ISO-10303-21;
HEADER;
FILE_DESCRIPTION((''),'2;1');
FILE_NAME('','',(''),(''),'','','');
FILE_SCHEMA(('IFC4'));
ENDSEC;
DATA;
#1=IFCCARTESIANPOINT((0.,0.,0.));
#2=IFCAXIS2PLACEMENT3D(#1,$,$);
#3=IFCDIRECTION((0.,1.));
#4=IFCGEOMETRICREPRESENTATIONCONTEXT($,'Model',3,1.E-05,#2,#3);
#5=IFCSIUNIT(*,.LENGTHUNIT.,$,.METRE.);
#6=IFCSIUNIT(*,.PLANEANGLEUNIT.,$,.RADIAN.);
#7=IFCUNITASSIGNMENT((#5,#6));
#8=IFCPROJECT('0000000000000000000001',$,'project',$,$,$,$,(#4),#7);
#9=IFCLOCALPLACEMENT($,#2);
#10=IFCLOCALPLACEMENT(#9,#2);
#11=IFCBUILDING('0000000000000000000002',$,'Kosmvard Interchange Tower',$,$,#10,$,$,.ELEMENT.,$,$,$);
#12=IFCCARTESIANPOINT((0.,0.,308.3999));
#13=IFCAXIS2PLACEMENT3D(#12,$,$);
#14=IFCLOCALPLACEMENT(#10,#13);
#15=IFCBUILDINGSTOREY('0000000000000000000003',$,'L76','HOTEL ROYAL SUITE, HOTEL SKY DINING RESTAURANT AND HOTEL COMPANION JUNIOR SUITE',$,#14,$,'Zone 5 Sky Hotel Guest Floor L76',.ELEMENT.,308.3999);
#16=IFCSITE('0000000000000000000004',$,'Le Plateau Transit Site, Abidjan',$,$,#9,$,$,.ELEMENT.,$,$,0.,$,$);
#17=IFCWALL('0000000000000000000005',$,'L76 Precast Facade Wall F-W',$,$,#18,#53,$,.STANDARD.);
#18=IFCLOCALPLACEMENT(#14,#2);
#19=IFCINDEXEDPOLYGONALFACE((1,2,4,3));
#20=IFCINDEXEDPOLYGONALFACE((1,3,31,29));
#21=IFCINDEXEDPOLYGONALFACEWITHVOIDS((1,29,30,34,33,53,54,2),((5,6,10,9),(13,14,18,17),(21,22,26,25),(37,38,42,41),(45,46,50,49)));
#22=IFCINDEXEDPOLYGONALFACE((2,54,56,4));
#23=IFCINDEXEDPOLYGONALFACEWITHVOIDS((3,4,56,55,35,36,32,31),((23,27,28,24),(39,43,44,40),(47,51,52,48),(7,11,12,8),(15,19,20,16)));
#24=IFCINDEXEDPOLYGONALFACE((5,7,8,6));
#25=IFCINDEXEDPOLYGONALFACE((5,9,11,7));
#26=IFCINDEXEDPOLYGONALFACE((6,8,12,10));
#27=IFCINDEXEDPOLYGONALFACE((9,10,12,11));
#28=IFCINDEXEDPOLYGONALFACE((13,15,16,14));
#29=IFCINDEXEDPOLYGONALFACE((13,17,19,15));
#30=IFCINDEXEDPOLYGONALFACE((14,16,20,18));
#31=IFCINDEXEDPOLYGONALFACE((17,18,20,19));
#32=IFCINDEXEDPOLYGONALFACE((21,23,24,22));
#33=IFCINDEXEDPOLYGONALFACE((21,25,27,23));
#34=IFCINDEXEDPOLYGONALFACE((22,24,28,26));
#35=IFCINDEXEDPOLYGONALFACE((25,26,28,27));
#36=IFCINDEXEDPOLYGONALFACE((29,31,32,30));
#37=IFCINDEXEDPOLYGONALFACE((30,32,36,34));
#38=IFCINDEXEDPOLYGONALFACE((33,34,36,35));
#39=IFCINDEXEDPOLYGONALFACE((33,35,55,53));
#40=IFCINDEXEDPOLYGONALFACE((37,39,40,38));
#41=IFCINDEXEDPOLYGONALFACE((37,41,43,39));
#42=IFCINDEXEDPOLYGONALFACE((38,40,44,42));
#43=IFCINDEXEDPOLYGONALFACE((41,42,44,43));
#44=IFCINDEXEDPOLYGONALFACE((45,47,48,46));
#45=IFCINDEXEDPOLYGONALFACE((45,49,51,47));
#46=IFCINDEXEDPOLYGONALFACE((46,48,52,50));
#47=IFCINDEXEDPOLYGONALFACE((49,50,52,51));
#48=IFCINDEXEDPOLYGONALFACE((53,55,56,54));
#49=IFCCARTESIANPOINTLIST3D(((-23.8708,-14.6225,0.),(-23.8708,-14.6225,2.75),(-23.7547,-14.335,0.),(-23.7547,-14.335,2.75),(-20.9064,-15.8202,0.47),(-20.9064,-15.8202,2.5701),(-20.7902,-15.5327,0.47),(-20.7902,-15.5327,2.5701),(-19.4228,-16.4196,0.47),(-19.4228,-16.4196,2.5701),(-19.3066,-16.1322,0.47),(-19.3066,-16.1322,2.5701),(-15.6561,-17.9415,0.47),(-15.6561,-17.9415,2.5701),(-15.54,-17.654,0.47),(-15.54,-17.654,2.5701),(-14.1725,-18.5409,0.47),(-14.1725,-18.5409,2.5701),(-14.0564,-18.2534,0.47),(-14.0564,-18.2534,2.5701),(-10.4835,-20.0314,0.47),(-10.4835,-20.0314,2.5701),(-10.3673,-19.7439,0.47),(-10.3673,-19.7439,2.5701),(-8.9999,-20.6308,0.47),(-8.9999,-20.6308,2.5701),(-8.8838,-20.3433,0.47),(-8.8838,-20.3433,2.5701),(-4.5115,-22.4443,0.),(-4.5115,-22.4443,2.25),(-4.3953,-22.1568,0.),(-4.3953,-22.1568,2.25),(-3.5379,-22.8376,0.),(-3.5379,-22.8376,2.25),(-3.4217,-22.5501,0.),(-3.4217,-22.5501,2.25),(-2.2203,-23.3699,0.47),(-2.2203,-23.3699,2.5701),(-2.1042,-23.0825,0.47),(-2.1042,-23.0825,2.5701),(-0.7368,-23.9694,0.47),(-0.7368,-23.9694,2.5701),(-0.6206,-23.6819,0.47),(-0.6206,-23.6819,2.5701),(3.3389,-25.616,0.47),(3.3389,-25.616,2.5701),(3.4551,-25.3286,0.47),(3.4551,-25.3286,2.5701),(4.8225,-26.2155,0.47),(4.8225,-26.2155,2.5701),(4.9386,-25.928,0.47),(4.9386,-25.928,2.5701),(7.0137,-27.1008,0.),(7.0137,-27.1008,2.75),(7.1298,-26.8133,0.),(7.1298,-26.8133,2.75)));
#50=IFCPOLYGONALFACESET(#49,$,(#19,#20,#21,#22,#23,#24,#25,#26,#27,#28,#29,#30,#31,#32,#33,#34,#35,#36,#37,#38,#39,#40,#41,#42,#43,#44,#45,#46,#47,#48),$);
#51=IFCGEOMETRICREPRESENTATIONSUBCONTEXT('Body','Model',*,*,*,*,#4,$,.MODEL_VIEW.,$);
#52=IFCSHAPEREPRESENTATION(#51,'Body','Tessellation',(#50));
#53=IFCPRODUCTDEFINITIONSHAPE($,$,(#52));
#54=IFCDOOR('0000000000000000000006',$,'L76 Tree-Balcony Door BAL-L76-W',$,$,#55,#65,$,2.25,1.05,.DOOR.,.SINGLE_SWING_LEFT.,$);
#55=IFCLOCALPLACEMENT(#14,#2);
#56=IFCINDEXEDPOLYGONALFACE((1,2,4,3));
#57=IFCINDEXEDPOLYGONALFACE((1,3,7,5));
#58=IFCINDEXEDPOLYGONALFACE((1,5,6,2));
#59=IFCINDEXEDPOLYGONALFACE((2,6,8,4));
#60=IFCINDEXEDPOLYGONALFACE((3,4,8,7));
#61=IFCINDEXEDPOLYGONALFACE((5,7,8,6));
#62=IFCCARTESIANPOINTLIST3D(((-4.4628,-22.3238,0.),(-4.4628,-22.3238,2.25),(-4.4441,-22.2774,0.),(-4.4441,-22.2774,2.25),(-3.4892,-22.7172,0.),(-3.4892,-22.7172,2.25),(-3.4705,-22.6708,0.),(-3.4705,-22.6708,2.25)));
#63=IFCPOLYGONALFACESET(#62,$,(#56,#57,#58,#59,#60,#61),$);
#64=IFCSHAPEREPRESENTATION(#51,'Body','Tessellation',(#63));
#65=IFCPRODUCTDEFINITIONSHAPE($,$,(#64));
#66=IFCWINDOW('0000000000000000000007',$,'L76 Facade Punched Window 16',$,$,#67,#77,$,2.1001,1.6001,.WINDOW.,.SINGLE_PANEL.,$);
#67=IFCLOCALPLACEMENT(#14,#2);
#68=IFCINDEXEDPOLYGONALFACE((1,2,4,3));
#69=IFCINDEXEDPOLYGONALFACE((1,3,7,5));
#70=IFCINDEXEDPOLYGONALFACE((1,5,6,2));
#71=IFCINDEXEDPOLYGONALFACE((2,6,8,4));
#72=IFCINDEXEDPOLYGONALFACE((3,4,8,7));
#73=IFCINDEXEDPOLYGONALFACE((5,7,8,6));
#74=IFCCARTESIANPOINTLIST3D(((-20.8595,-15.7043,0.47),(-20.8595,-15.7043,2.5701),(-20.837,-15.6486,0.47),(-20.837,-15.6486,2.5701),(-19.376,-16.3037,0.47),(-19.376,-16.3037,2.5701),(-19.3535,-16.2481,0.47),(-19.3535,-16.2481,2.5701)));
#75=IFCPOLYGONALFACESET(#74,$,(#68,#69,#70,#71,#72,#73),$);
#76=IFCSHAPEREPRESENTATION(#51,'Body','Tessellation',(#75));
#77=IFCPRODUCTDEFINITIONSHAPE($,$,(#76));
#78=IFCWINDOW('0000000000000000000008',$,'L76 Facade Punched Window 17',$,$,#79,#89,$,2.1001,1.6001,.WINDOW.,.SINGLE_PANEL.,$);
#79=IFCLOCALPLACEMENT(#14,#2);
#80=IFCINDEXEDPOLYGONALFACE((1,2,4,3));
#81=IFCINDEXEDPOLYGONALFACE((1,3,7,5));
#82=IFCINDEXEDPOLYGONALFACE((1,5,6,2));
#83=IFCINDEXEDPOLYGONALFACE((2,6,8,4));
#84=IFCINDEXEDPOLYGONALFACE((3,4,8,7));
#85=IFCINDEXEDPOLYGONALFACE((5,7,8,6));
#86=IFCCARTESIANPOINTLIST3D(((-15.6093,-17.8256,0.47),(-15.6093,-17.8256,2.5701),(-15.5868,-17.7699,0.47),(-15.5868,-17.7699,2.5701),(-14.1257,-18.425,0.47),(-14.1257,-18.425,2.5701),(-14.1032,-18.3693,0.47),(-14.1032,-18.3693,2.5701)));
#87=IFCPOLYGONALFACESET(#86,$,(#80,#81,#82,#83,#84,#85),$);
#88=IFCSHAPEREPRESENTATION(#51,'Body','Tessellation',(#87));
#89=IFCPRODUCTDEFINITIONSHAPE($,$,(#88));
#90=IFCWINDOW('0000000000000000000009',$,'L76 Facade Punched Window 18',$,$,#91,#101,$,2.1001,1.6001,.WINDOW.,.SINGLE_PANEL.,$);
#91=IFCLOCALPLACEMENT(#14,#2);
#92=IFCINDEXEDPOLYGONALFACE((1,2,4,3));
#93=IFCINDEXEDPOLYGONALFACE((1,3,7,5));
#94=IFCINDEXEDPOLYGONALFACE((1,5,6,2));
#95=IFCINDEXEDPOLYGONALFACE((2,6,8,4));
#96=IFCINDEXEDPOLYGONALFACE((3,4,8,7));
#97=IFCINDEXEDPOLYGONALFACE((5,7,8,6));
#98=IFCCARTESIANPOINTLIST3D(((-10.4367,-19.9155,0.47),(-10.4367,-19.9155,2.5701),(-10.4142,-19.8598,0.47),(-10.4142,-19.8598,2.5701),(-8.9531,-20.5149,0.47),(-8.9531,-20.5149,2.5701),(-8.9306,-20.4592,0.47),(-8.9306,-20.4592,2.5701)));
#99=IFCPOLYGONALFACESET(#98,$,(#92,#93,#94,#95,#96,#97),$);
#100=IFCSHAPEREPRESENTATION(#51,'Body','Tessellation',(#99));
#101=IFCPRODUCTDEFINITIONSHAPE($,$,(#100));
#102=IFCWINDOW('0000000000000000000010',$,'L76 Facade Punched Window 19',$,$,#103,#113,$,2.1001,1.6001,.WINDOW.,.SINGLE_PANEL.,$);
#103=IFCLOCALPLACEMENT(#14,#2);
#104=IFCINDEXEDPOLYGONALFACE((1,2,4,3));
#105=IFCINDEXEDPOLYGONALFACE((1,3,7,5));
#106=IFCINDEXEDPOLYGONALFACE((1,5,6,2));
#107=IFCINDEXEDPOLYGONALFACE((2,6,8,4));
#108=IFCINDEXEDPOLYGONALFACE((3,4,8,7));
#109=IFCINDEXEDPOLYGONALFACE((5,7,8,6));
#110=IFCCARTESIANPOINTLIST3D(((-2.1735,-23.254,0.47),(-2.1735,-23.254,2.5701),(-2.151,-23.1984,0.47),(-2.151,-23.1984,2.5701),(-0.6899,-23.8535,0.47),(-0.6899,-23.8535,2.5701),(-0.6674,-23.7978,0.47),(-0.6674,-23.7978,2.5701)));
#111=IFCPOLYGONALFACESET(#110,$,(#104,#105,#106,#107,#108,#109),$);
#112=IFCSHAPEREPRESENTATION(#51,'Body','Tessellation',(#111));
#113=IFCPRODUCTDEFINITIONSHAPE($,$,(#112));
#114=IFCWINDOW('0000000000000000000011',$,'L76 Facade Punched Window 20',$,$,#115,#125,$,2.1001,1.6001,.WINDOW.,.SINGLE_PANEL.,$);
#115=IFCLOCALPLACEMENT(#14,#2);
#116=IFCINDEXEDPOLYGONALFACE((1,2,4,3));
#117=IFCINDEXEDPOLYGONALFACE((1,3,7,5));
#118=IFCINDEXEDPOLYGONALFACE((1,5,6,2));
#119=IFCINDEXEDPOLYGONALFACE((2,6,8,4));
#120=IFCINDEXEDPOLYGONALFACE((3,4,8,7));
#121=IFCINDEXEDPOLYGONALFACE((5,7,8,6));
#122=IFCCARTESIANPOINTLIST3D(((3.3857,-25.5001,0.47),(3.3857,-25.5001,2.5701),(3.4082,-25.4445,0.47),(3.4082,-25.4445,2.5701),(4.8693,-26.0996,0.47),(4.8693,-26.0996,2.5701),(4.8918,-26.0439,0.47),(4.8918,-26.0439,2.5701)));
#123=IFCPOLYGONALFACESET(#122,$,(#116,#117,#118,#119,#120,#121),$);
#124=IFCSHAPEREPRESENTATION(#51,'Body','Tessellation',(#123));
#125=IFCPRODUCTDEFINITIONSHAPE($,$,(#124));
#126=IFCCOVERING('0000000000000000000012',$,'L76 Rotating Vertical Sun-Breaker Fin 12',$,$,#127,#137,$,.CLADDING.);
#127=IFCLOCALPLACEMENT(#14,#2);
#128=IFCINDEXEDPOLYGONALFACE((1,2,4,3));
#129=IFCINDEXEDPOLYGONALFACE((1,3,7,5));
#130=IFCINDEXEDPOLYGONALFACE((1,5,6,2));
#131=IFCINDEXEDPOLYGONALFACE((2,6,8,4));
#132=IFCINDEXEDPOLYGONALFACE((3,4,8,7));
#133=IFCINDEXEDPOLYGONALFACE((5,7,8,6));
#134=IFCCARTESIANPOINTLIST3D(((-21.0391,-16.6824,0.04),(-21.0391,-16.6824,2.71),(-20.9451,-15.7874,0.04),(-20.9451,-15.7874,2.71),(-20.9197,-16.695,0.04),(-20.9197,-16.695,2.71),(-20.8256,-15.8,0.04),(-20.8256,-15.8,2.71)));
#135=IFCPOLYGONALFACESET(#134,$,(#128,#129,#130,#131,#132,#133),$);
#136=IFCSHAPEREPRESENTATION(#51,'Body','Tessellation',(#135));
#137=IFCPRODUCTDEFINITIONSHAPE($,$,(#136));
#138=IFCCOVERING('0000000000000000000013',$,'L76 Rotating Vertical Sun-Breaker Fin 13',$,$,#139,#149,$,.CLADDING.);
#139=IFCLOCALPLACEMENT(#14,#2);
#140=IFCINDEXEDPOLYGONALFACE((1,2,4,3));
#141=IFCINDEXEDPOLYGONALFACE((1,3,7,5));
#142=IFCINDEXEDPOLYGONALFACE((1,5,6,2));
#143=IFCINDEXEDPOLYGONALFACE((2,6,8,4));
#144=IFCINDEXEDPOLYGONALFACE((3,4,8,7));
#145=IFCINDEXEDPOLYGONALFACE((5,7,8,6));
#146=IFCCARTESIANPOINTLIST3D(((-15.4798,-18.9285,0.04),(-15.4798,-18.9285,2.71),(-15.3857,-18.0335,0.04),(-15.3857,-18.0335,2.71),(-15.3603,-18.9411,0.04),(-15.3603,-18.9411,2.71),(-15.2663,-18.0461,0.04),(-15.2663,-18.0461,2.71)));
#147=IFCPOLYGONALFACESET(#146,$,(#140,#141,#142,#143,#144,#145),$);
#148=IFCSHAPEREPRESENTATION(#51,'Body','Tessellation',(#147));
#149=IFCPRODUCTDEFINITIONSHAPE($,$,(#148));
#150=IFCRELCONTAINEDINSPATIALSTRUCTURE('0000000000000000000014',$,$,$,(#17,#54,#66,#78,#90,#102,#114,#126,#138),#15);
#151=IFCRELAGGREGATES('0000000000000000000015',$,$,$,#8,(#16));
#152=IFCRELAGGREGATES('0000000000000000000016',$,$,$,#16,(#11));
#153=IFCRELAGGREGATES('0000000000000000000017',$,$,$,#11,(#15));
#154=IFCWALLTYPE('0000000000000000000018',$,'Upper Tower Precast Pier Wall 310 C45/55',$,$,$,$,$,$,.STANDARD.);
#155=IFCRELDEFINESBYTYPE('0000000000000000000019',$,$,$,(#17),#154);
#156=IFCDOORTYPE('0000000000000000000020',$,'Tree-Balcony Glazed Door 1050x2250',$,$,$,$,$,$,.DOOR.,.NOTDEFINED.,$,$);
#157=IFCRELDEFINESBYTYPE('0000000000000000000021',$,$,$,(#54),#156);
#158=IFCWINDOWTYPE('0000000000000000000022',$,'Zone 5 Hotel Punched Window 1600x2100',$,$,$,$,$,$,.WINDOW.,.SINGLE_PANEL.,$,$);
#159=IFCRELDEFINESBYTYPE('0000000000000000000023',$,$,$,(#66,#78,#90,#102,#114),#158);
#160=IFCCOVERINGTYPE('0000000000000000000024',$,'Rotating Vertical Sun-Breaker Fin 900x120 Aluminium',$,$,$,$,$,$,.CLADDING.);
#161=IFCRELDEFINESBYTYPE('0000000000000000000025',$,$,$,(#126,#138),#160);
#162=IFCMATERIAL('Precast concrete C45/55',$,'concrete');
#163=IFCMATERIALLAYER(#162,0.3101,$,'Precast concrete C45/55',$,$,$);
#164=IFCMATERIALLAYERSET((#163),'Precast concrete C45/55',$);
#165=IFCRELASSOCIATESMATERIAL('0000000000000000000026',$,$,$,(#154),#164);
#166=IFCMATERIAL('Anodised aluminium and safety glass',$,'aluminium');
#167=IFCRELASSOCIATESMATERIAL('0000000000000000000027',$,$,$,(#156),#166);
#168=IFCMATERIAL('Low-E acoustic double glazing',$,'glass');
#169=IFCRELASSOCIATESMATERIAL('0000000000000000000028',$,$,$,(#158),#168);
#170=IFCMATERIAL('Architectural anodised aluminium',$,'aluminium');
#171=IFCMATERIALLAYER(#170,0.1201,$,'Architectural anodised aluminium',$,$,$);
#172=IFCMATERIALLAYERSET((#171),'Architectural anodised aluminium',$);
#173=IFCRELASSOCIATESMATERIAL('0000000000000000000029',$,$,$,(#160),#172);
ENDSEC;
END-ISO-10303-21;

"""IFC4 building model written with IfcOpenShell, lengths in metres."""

from ifc_helpers import new_model, si_unit, direction, frame, frame_2d, origin, origin_2d, place, context, subcontext, project, spatial, rectangle, extrude, source, transform, mapped, material, layer, layer_set, type_object, element, fill, save


model = new_model("IFC4")

# Units and contexts
model_context = context("Model", 3, precision=1e-05, world=origin(), true_north=direction((0.0, 1.0)))
body_context = subcontext(model_context, "Body", "Model", "MODEL_VIEW")
ifc_project = project(units=[si_unit("LENGTHUNIT", "METRE"), si_unit("PLANEANGLEUNIT", "RADIAN")], contexts=[model_context])

# Site, building, storey
site_placement = place(None, origin())
site = spatial("IfcSite", under=ifc_project, at=site_placement, Name="Le Plateau Transit Site, Abidjan", CompositionType="ELEMENT", RefElevation=0.0)
building_placement = place(site_placement, origin())
building = spatial("IfcBuilding", under=site, at=building_placement, Name="Kosmvard Interchange Tower", CompositionType="ELEMENT")
storey_placement = place(building_placement, frame((0.0, 0.0, 308.3999)))
storey = spatial("IfcBuildingStorey", under=building, at=storey_placement, Name="L76", Description="HOTEL ROYAL SUITE, HOTEL SKY DINING RESTAURANT AND HOTEL COMPANION JUNIOR SUITE", LongName="Zone 5 Sky Hotel Guest Floor L76", CompositionType="ELEMENT", Elevation=308.3999)

# Wall, openings, door, windows
ifc_material_1 = material(Name="Precast concrete C45/55", Category="concrete")
ifc_layer_1 = layer(ifc_material_1, 0.3101, Name="Precast concrete C45/55")
ifc_layer_set_1 = layer_set([ifc_layer_1], Name="Precast concrete C45/55")
wall_type = type_object("IfcWallType", Name="Upper Tower Precast Pier Wall 310 C45/55", PredefinedType="STANDARD", material=ifc_layer_set_1)
wall_placement = place(storey_placement, frame((-23.8127, -14.4788, 0.0), z_axis=(0.0, 0.0, 1.0), x_axis=(0.927183, -0.37461, 0.0)))
wall = element("IfcWall", 1, at=wall_placement, inside=storey, type_object=wall_type, Name="L76 Precast Facade Wall F-W", PredefinedType="STANDARD", context=body_context, shape_type="SweptSolid", body=[
    extrude(rectangle(XDim=33.3101, YDim=0.3101, at=frame_2d((16.655, 0.0))), origin(), (0.0, 0.0, 1.0), 2.75),
])
opening_1_placement = place(wall_placement, frame((20.8799, 0.0, 0.0)))
opening_1 = element("IfcOpeningElement", 2, at=opening_1_placement, cuts=wall, PredefinedType="OPENING", context=body_context, shape_type="SweptSolid", body=[
    extrude(rectangle(XDim=1.05, YDim=2.25, at=frame_2d((0.5249, 1.125))), frame((0.0, 0.165, 0.0), z_axis=(0.0, -1.0, 0.0), x_axis=(1.0, 0.0, 0.0)), (0.0, 0.0, 1.0), 0.3301),
])
opening_2_placement = place(wall_placement, frame((3.1973, 0.0, 0.47)))
opening_2 = element("IfcOpeningElement", 3, at=opening_2_placement, cuts=wall, PredefinedType="OPENING", context=body_context, shape_type="SweptSolid", body=[
    extrude(rectangle(XDim=1.6001, YDim=2.1001, at=frame_2d((0.8, 1.05))), frame((0.0, 0.165, 0.0), z_axis=(0.0, -1.0, 0.0), x_axis=(1.0, 0.0, 0.0)), (0.0, 0.0, 1.0), 0.3301),
])
opening_3_placement = place(wall_placement, frame((8.8599, 0.0, 0.47)))
opening_3 = element("IfcOpeningElement", 4, at=opening_3_placement, cuts=wall, PredefinedType="OPENING", context=body_context, shape_type="SweptSolid", body=[
    extrude(rectangle(XDim=1.6001, YDim=2.1001, at=frame_2d((0.8, 1.05))), frame((0.0, 0.165, 0.0), z_axis=(0.0, -1.0, 0.0), x_axis=(1.0, 0.0, 0.0)), (0.0, 0.0, 1.0), 0.3301),
])
opening_4_placement = place(wall_placement, frame((14.4387, 0.0, 0.47)))
opening_4 = element("IfcOpeningElement", 5, at=opening_4_placement, cuts=wall, PredefinedType="OPENING", context=body_context, shape_type="SweptSolid", body=[
    extrude(rectangle(XDim=1.6001, YDim=2.1001, at=frame_2d((0.8, 1.05))), frame((0.0, 0.165, 0.0), z_axis=(0.0, -1.0, 0.0), x_axis=(1.0, 0.0, 0.0)), (0.0, 0.0, 1.0), 0.3301),
])
opening_5_placement = place(wall_placement, frame((23.3508, 0.0, 0.47)))
opening_5 = element("IfcOpeningElement", 6, at=opening_5_placement, cuts=wall, PredefinedType="OPENING", context=body_context, shape_type="SweptSolid", body=[
    extrude(rectangle(XDim=1.6001, YDim=2.1001, at=frame_2d((0.8, 1.05))), frame((0.0, 0.165, 0.0), z_axis=(0.0, -1.0, 0.0), x_axis=(1.0, 0.0, 0.0)), (0.0, 0.0, 1.0), 0.3301),
])
opening_6_placement = place(wall_placement, frame((29.3467, 0.0, 0.47)))
opening_6 = element("IfcOpeningElement", 7, at=opening_6_placement, cuts=wall, PredefinedType="OPENING", context=body_context, shape_type="SweptSolid", body=[
    extrude(rectangle(XDim=1.6001, YDim=2.1001, at=frame_2d((0.8, 1.05))), frame((0.0, 0.165, 0.0), z_axis=(0.0, -1.0, 0.0), x_axis=(1.0, 0.0, 0.0)), (0.0, 0.0, 1.0), 0.3301),
])
ifc_material_2 = material(Name="Anodised aluminium and safety glass", Category="aluminium")
door_type = type_object("IfcDoorType", Name="Tree-Balcony Glazed Door 1050x2250", OperationType="NOTDEFINED", PredefinedType="DOOR", material=ifc_material_2)
shared_shape_1 = source(origin(), body_context, "Body", "SweptSolid", [
    extrude(rectangle(XDim=1.05, YDim=2.25, at=frame_2d((0.5249, 1.125))), frame((0.0, 0.0249, 0.0), z_axis=(0.0, -1.0, 0.0), x_axis=(1.0, 0.0, 0.0)), (0.0, 0.0, 1.0), 0.05),
])
door_placement = place(opening_1_placement, origin())
door = element("IfcDoor", 8, at=door_placement, inside=storey, type_object=door_type, Name="L76 Tree-Balcony Door BAL-L76-W", OperationType="SINGLE_SWING_LEFT", OverallHeight=2.25, OverallWidth=1.05, PredefinedType="DOOR", context=body_context, shape_type="MappedRepresentation", body=[
    mapped(shared_shape_1, transform((0.0, 0.0, 0.0), scale=1.0)),
])
fill(opening_1, door)
ifc_material_3 = material(Name="Low-E acoustic double glazing", Category="glass")
window_type = type_object("IfcWindowType", Name="Zone 5 Hotel Punched Window 1600x2100", PartitioningType="SINGLE_PANEL", PredefinedType="WINDOW", material=ifc_material_3)
shared_shape_2 = source(origin(), body_context, "Body", "SweptSolid", [
    extrude(rectangle(XDim=1.6001, YDim=2.1001, at=frame_2d((0.8, 1.05))), frame((0.0, 0.03, 0.0), z_axis=(0.0, -1.0, 0.0), x_axis=(1.0, 0.0, 0.0)), (0.0, 0.0, 1.0), 0.0601),
])
window_1_placement = place(opening_2_placement, origin())
window_1 = element("IfcWindow", 9, at=window_1_placement, inside=storey, type_object=window_type, Name="L76 Facade Punched Window 16", OverallHeight=2.1001, OverallWidth=1.6001, PartitioningType="SINGLE_PANEL", PredefinedType="WINDOW", context=body_context, shape_type="MappedRepresentation", body=[
    mapped(shared_shape_2, transform((0.0, 0.0, 0.0), scale=1.0)),
])
fill(opening_2, window_1)
window_2_placement = place(opening_3_placement, origin())
window_2 = element("IfcWindow", 10, at=window_2_placement, inside=storey, type_object=window_type, Name="L76 Facade Punched Window 17", OverallHeight=2.1001, OverallWidth=1.6001, PartitioningType="SINGLE_PANEL", PredefinedType="WINDOW", context=body_context, shape_type="MappedRepresentation", body=[
    mapped(shared_shape_2, transform((0.0, 0.0, 0.0), scale=1.0)),
])
fill(opening_3, window_2)
window_3_placement = place(opening_4_placement, origin())
window_3 = element("IfcWindow", 11, at=window_3_placement, inside=storey, type_object=window_type, Name="L76 Facade Punched Window 18", OverallHeight=2.1001, OverallWidth=1.6001, PartitioningType="SINGLE_PANEL", PredefinedType="WINDOW", context=body_context, shape_type="MappedRepresentation", body=[
    mapped(shared_shape_2, transform((0.0, 0.0, 0.0), scale=1.0)),
])
fill(opening_4, window_3)
window_4_placement = place(opening_5_placement, origin())
window_4 = element("IfcWindow", 12, at=window_4_placement, inside=storey, type_object=window_type, Name="L76 Facade Punched Window 19", OverallHeight=2.1001, OverallWidth=1.6001, PartitioningType="SINGLE_PANEL", PredefinedType="WINDOW", context=body_context, shape_type="MappedRepresentation", body=[
    mapped(shared_shape_2, transform((0.0, 0.0, 0.0), scale=1.0)),
])
fill(opening_5, window_4)
window_5_placement = place(opening_6_placement, origin())
window_5 = element("IfcWindow", 13, at=window_5_placement, inside=storey, type_object=window_type, Name="L76 Facade Punched Window 20", OverallHeight=2.1001, OverallWidth=1.6001, PartitioningType="SINGLE_PANEL", PredefinedType="WINDOW", context=body_context, shape_type="MappedRepresentation", body=[
    mapped(shared_shape_2, transform((0.0, 0.0, 0.0), scale=1.0)),
])
fill(opening_6, window_5)

# Coverings
ifc_material_4 = material(Name="Architectural anodised aluminium", Category="aluminium")
ifc_layer_2 = layer(ifc_material_4, 0.1201, Name="Architectural anodised aluminium")
ifc_layer_set_2 = layer_set([ifc_layer_2], Name="Architectural anodised aluminium")
covering_type = type_object("IfcCoveringType", Name="Rotating Vertical Sun-Breaker Fin 900x120 Aluminium", PredefinedType="CLADDING", material=ifc_layer_set_2)
shared_shape_3 = source(origin(), body_context, "Body", "SweptSolid", [
    extrude(rectangle(XDim=0.8999, YDim=0.1201, at=origin_2d()), origin(), (0.0, 0.0, 1.0), 2.6699),
])
for number, where, z_axis, x_axis, name in (
    (14, (-20.9324, -16.2412, 0.04), (0.0, 0.0, 1.0), (-0.104528, -0.994522, 0.0), "L76 Rotating Vertical Sun-Breaker Fin 12"),
    (15, (-15.373, -18.4873, 0.04), (0.0, 0.0, 1.0), (-0.104528, -0.994522, 0.0), "L76 Rotating Vertical Sun-Breaker Fin 13"),
):
    element("IfcCovering", number, at=place(storey_placement, frame(where, z_axis=z_axis, x_axis=x_axis)), inside=storey, type_object=covering_type, Name=name, PredefinedType="CLADDING", context=body_context, shape_type="MappedRepresentation", body=[
        mapped(shared_shape_3, transform((0.0, 0.0, 0.0), scale=1.0)),
    ])

save(model, "model.ifc")
